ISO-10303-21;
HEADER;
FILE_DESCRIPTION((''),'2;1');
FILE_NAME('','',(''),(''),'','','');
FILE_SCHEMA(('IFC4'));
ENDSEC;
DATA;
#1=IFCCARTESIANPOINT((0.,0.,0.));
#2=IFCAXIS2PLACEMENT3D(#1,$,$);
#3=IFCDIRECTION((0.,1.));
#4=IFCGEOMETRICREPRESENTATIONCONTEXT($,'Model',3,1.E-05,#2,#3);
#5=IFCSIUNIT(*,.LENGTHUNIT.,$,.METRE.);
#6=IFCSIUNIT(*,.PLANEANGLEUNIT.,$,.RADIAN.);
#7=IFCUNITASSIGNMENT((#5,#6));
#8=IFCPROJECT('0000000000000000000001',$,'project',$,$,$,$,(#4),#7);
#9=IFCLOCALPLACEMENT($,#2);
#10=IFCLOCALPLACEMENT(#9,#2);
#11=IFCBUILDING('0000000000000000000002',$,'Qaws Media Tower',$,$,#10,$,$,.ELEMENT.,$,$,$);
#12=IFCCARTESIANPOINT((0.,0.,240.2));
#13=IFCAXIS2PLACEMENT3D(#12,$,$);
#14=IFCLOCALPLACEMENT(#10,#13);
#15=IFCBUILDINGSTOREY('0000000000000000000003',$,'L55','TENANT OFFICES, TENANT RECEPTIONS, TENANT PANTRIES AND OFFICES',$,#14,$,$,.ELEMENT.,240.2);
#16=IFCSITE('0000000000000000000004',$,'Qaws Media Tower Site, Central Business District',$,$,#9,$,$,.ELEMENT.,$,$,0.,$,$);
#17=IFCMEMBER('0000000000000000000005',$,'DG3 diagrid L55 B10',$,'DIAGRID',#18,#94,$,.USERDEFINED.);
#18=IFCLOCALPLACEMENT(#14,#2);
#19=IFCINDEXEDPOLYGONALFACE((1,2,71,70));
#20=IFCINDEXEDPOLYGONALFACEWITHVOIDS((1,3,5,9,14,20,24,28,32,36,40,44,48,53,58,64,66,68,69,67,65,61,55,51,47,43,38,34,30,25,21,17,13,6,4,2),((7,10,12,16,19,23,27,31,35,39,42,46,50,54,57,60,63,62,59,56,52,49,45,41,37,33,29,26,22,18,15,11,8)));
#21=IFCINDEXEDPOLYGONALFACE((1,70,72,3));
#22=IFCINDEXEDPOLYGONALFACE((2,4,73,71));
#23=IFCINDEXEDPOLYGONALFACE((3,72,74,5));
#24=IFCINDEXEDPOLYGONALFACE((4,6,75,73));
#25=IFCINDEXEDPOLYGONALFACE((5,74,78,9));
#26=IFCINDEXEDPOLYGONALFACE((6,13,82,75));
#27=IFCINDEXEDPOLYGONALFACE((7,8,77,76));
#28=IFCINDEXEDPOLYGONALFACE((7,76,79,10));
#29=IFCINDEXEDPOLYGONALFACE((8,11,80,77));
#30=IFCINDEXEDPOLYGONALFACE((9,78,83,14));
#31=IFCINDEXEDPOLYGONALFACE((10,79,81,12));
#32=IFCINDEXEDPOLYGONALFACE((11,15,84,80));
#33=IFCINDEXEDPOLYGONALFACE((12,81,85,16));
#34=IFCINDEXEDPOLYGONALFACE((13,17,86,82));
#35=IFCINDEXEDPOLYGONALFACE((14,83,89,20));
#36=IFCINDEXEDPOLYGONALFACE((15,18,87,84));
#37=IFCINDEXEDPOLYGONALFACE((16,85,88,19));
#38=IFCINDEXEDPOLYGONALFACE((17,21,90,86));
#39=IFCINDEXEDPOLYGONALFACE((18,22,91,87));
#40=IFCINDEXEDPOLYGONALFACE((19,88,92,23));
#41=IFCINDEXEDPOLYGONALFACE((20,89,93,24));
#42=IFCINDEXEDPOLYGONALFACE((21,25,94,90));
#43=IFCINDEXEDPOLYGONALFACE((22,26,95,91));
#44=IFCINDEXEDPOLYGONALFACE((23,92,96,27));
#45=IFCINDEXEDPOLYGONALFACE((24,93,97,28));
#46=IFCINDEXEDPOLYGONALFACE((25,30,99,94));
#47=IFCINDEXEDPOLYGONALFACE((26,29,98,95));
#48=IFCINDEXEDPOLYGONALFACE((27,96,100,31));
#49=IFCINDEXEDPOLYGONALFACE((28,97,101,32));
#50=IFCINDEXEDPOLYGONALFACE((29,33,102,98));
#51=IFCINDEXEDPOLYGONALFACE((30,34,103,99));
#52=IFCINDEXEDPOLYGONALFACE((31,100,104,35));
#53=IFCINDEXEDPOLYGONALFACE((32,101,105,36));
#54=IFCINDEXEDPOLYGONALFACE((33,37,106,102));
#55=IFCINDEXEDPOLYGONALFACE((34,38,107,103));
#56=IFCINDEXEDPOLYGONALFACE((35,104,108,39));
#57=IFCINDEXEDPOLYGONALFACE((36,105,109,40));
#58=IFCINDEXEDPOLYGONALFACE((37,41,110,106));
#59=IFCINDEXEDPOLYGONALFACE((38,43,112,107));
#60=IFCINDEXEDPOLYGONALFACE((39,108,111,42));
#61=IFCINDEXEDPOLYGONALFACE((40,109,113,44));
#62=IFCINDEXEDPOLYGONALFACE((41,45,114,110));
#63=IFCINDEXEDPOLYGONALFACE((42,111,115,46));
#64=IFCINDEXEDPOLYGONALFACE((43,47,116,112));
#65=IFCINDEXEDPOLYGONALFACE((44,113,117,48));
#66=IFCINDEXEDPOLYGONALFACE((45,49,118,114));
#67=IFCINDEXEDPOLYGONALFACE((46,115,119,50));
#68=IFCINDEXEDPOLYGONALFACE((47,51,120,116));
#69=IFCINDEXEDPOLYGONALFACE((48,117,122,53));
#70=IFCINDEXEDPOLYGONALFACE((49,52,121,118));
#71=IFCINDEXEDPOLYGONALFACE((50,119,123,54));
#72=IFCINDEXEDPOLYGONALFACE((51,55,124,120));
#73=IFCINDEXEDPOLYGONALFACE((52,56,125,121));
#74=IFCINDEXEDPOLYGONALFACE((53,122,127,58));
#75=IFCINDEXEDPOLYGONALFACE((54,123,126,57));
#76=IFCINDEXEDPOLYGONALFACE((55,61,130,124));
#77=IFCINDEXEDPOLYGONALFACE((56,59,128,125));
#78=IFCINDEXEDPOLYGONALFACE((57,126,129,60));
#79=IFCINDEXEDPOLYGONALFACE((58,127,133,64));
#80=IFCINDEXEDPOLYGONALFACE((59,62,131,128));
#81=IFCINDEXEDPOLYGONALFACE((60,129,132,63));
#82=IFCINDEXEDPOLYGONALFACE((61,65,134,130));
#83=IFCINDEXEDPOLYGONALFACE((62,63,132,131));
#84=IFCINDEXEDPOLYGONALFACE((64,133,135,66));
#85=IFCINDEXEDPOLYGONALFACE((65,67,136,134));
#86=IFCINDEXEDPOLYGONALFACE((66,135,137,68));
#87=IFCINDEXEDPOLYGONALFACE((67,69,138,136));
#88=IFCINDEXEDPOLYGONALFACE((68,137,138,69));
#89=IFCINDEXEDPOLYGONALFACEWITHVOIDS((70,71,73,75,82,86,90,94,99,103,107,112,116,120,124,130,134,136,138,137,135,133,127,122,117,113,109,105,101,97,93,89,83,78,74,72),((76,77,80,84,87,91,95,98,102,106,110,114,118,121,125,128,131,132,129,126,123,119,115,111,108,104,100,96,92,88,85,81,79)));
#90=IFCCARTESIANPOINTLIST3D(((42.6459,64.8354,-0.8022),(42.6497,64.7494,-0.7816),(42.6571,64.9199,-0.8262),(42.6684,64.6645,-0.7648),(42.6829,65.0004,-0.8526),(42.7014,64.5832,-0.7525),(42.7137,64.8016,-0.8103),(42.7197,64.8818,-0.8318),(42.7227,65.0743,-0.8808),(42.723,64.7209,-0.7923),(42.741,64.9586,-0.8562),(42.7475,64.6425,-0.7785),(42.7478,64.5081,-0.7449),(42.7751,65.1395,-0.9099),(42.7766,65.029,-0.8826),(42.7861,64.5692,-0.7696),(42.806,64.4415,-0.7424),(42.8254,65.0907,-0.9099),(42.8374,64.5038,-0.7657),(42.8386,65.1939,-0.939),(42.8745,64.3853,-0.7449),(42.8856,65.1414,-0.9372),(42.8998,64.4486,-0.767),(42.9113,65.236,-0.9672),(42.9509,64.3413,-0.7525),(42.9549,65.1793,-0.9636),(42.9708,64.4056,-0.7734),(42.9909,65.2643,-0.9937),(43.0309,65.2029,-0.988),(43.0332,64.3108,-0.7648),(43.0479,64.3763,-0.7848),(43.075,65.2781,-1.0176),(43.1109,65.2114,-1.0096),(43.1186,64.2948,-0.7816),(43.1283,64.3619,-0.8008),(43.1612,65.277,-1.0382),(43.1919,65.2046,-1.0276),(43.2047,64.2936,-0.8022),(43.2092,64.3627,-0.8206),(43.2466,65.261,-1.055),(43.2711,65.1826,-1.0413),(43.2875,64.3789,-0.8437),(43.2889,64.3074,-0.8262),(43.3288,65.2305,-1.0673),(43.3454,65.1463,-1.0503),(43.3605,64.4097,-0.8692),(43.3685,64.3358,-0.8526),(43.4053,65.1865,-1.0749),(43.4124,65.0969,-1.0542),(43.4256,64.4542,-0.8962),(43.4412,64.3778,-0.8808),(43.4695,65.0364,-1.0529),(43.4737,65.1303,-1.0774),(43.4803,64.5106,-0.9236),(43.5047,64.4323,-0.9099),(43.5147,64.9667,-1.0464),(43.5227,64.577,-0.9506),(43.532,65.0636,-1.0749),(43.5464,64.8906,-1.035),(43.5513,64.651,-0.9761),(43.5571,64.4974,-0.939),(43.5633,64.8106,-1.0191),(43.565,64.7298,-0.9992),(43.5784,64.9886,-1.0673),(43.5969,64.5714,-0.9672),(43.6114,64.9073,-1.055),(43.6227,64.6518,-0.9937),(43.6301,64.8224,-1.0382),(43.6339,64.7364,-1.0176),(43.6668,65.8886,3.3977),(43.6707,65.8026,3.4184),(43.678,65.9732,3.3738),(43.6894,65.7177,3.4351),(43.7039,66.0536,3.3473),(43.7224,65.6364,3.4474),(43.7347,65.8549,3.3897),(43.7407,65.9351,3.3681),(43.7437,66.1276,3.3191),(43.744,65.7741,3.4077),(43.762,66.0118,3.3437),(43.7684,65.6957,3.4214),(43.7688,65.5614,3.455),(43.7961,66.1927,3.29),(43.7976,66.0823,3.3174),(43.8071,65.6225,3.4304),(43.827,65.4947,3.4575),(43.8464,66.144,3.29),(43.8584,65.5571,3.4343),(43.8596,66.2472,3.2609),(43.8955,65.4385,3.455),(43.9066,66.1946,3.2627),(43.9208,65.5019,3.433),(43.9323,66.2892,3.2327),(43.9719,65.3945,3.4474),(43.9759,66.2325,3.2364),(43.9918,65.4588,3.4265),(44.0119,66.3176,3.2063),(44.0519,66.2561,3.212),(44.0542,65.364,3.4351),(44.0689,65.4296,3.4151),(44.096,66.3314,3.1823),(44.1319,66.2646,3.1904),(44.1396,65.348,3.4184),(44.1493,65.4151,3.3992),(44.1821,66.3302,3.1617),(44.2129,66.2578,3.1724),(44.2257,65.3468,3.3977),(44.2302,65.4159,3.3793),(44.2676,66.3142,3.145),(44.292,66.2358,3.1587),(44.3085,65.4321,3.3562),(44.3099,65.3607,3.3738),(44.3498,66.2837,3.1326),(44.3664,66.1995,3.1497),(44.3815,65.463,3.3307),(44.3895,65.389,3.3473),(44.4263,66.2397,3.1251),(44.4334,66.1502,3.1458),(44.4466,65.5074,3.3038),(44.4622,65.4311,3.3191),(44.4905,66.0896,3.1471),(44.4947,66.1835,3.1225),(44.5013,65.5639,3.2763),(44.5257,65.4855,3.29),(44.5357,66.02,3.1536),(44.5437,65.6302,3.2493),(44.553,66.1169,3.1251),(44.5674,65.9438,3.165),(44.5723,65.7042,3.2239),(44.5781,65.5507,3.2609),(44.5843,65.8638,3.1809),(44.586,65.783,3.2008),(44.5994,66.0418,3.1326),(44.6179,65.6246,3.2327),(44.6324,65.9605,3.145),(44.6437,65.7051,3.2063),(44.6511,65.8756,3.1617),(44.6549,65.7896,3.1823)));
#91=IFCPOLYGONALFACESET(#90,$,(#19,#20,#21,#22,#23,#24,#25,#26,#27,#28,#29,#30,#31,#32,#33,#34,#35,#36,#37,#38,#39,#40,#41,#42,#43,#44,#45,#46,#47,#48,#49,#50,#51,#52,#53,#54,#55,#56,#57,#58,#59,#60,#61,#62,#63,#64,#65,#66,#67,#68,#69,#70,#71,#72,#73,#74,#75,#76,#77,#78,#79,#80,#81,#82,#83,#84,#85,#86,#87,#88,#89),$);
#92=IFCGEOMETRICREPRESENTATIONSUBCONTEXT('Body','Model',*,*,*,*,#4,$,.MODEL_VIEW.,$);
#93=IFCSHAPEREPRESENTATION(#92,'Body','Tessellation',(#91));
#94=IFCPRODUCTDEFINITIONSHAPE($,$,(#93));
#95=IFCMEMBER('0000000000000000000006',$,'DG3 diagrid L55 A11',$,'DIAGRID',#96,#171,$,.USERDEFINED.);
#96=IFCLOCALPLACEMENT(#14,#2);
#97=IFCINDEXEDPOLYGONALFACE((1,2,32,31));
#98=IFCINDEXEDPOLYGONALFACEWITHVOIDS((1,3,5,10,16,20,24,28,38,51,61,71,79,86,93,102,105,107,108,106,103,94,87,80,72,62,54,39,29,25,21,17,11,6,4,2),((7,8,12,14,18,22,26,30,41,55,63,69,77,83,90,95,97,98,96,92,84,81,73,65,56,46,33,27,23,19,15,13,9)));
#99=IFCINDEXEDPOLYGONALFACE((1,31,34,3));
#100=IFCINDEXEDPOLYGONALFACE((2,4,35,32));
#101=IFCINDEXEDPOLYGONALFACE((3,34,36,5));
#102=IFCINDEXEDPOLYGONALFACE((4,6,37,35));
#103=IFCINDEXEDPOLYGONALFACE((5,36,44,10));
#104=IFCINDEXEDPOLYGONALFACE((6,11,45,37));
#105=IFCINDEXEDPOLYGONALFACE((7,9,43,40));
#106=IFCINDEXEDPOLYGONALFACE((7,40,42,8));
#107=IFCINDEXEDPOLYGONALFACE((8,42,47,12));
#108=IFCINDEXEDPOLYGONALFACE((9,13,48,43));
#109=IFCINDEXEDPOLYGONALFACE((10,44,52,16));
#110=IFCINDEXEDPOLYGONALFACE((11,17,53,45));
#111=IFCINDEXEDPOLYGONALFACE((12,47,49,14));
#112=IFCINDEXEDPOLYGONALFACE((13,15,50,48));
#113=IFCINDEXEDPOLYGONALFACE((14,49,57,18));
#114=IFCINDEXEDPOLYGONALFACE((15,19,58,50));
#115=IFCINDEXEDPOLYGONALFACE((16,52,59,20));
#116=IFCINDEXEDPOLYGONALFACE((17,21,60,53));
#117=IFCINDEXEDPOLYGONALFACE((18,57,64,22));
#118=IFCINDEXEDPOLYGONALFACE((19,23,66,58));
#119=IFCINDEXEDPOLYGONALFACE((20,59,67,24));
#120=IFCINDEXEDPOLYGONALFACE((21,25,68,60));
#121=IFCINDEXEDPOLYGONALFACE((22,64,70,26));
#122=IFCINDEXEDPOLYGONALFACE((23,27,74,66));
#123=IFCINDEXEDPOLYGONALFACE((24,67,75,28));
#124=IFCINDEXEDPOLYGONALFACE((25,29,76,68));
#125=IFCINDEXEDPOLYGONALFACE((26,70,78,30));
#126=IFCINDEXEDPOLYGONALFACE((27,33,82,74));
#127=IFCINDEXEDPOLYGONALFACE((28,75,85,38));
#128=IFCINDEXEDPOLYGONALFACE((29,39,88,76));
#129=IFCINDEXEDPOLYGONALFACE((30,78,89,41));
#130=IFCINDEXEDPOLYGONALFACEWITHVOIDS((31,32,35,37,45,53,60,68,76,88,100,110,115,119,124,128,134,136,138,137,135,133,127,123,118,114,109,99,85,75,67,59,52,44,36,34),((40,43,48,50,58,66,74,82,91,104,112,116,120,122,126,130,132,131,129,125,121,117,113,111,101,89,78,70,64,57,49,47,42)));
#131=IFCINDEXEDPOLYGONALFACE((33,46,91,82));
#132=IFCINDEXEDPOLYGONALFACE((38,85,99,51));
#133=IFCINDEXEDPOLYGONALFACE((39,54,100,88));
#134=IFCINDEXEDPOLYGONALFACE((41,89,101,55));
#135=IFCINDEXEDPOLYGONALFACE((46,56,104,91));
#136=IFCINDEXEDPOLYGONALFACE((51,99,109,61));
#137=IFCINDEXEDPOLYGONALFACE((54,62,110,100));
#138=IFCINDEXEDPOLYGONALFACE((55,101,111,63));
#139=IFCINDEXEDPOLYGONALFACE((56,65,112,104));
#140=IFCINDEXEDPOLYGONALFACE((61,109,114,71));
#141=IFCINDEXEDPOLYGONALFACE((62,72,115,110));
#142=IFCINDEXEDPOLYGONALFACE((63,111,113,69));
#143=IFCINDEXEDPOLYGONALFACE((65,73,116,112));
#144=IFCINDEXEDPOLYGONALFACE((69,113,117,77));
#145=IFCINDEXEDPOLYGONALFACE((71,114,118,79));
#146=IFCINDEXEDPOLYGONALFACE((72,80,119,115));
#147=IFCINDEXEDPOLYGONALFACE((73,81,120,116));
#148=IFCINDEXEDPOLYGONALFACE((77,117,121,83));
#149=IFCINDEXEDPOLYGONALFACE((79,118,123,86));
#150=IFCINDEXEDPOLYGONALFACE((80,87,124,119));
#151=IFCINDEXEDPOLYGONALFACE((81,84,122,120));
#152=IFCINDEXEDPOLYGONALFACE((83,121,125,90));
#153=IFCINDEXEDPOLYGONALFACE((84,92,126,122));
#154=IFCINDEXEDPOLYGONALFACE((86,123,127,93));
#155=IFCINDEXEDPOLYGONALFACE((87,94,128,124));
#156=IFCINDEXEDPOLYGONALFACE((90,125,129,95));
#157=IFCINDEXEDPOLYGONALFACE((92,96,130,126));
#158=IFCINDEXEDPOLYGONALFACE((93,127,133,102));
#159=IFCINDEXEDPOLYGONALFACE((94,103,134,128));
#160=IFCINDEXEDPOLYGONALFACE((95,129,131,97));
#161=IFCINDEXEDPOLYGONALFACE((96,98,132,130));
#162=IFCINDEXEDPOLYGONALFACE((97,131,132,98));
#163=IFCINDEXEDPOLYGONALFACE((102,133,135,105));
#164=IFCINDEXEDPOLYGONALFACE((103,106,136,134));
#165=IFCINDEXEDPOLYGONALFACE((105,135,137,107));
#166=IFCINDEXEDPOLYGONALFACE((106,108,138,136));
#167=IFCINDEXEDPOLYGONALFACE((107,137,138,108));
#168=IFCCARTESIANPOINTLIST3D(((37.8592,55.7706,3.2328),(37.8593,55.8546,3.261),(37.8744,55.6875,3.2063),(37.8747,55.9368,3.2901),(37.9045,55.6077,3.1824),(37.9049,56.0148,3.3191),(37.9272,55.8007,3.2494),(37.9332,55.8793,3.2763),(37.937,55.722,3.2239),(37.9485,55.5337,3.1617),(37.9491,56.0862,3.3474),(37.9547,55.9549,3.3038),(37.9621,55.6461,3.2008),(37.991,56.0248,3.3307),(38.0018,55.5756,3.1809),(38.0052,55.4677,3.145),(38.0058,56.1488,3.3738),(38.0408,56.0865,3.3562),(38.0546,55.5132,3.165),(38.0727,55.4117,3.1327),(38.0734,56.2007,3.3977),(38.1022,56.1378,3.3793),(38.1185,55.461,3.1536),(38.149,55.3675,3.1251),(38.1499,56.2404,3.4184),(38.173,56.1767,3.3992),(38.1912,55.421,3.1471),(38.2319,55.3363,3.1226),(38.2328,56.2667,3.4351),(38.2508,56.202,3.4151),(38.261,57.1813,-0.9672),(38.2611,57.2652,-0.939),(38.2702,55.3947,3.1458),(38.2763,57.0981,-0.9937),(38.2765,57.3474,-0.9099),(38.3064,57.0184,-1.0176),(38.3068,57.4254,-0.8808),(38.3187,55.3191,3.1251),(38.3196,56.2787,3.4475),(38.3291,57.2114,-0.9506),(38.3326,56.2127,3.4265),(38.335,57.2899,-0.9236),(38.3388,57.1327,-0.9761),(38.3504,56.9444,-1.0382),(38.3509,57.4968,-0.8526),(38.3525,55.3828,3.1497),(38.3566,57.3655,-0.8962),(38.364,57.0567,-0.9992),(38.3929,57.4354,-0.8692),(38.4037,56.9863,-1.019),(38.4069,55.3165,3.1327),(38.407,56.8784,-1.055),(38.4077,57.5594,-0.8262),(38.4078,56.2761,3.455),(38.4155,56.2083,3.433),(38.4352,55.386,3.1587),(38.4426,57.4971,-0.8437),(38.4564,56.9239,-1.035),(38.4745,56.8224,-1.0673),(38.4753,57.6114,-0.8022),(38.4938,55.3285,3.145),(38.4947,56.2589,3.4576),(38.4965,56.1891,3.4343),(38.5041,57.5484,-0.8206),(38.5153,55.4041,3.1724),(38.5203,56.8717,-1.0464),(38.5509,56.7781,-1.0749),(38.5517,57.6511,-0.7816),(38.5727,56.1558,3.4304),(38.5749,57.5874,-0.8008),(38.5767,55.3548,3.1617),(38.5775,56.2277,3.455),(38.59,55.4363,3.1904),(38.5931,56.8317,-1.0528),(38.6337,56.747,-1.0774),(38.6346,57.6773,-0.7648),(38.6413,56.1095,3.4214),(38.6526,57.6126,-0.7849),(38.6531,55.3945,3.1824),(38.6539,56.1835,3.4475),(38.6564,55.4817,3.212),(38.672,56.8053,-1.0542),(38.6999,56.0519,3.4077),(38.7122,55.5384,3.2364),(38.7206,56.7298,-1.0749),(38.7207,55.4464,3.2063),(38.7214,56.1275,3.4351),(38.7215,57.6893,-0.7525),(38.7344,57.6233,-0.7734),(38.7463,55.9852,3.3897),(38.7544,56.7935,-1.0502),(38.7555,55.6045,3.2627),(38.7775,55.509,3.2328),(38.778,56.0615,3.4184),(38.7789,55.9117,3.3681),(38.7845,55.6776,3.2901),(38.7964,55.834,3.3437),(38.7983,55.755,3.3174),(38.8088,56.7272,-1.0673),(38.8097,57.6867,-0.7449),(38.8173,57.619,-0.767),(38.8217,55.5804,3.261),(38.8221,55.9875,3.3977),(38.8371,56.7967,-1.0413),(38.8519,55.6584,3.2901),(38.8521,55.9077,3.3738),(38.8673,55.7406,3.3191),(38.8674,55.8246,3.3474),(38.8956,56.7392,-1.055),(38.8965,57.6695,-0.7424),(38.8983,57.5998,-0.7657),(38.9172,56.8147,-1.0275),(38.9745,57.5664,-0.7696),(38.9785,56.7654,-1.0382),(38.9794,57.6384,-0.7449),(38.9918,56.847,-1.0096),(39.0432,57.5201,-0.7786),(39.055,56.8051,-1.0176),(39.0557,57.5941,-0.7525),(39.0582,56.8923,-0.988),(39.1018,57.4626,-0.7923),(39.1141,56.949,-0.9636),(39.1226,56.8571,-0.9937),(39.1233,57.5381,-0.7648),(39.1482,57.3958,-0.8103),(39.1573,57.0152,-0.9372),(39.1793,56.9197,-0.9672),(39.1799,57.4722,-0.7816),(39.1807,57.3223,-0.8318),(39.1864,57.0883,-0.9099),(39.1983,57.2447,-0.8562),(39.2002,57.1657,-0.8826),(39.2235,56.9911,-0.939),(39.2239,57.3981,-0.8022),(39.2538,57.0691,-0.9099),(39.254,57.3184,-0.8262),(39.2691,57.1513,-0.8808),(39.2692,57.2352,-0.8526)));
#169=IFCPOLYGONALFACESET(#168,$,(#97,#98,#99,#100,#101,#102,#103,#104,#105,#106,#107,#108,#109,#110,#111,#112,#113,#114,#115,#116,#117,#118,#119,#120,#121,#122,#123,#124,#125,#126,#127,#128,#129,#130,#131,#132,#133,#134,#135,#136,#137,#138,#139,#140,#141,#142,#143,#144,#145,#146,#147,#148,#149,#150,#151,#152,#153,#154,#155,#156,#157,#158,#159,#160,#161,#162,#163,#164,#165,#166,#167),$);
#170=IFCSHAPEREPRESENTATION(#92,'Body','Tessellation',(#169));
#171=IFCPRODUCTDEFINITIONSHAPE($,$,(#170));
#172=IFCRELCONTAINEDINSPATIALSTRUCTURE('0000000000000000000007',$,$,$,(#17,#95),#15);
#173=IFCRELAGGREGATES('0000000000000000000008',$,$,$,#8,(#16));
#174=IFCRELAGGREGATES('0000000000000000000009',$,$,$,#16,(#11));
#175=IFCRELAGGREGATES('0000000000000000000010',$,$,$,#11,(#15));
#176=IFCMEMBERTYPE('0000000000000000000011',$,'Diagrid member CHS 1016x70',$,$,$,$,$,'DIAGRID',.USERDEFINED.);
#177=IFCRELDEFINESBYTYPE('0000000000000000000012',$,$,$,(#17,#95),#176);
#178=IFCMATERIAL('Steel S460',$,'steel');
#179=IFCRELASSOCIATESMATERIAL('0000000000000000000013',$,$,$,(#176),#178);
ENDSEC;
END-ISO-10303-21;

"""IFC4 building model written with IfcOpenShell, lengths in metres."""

from ifc_helpers import new_model, si_unit, direction, frame, origin, origin_2d, place, context, subcontext, project, spatial, hollow_circle, extrude, material, material_profile, profile_set, type_object, element, save


model = new_model("IFC4")

# Units and contexts
model_context = context("Model", 3, precision=1e-05, world=origin(), true_north=direction((0.0, 1.0)))
body_context = subcontext(model_context, "Body", "Model", "MODEL_VIEW")
ifc_project = project(units=[si_unit("LENGTHUNIT", "METRE"), si_unit("PLANEANGLEUNIT", "RADIAN")], contexts=[model_context])

# Site, building, storey
site_placement = place(None, origin())
site = spatial("IfcSite", under=ifc_project, at=site_placement, Name="Qaws Media Tower Site, Central Business District", CompositionType="ELEMENT", RefElevation=0.0)
building_placement = place(site_placement, origin())
building = spatial("IfcBuilding", under=site, at=building_placement, Name="Qaws Media Tower", CompositionType="ELEMENT")
storey_placement = place(building_placement, frame((0.0, 0.0, 240.2)))
storey = spatial("IfcBuildingStorey", under=building, at=storey_placement, Name="L55", Description="TENANT OFFICES, TENANT RECEPTIONS, TENANT PANTRIES AND OFFICES", CompositionType="ELEMENT", Elevation=240.2)

# Members
ifc_material_1 = material(Name="Steel S460", Category="steel")
ifc_material_profile_1 = material_profile(ifc_material_1, hollow_circle(Radius=0.5081, WallThickness=0.0701, at=origin_2d()), Name="CHS 1016x70")
ifc_profile_set_1 = profile_set([ifc_material_profile_1], Name="Steel S460")
member_type_1 = type_object("IfcMemberType", Name="Diagrid member CHS 1016x70", ElementType="DIAGRID", PredefinedType="USERDEFINED", material=ifc_profile_set_1)
for number, where, z_axis, x_axis, name in (
    (1, (43.1399, 64.7859, -0.9099), (0.229502, 0.236746, 0.944076), (-0.718006, 0.696037, 0.0), "DG3 diagrid L55 B10"),
    (2, (38.7651, 57.2083, -0.9099), (-0.090331, -0.317091, 0.944084), (0.961737, -0.273974, 0.0), "DG3 diagrid L55 A11"),
):
    element("IfcMember", number, at=place(storey_placement, frame(where, z_axis=z_axis, x_axis=x_axis)), inside=storey, type_object=member_type_1, Name=name, ObjectType="DIAGRID", PredefinedType="USERDEFINED", context=body_context, shape_type="SweptSolid", body=[
        extrude(hollow_circle(Radius=0.5081, WallThickness=0.0701, at=origin_2d()), origin(), (0.0, 0.0, 1.0), 4.4487),
    ])

save(model, "model.ifc")
